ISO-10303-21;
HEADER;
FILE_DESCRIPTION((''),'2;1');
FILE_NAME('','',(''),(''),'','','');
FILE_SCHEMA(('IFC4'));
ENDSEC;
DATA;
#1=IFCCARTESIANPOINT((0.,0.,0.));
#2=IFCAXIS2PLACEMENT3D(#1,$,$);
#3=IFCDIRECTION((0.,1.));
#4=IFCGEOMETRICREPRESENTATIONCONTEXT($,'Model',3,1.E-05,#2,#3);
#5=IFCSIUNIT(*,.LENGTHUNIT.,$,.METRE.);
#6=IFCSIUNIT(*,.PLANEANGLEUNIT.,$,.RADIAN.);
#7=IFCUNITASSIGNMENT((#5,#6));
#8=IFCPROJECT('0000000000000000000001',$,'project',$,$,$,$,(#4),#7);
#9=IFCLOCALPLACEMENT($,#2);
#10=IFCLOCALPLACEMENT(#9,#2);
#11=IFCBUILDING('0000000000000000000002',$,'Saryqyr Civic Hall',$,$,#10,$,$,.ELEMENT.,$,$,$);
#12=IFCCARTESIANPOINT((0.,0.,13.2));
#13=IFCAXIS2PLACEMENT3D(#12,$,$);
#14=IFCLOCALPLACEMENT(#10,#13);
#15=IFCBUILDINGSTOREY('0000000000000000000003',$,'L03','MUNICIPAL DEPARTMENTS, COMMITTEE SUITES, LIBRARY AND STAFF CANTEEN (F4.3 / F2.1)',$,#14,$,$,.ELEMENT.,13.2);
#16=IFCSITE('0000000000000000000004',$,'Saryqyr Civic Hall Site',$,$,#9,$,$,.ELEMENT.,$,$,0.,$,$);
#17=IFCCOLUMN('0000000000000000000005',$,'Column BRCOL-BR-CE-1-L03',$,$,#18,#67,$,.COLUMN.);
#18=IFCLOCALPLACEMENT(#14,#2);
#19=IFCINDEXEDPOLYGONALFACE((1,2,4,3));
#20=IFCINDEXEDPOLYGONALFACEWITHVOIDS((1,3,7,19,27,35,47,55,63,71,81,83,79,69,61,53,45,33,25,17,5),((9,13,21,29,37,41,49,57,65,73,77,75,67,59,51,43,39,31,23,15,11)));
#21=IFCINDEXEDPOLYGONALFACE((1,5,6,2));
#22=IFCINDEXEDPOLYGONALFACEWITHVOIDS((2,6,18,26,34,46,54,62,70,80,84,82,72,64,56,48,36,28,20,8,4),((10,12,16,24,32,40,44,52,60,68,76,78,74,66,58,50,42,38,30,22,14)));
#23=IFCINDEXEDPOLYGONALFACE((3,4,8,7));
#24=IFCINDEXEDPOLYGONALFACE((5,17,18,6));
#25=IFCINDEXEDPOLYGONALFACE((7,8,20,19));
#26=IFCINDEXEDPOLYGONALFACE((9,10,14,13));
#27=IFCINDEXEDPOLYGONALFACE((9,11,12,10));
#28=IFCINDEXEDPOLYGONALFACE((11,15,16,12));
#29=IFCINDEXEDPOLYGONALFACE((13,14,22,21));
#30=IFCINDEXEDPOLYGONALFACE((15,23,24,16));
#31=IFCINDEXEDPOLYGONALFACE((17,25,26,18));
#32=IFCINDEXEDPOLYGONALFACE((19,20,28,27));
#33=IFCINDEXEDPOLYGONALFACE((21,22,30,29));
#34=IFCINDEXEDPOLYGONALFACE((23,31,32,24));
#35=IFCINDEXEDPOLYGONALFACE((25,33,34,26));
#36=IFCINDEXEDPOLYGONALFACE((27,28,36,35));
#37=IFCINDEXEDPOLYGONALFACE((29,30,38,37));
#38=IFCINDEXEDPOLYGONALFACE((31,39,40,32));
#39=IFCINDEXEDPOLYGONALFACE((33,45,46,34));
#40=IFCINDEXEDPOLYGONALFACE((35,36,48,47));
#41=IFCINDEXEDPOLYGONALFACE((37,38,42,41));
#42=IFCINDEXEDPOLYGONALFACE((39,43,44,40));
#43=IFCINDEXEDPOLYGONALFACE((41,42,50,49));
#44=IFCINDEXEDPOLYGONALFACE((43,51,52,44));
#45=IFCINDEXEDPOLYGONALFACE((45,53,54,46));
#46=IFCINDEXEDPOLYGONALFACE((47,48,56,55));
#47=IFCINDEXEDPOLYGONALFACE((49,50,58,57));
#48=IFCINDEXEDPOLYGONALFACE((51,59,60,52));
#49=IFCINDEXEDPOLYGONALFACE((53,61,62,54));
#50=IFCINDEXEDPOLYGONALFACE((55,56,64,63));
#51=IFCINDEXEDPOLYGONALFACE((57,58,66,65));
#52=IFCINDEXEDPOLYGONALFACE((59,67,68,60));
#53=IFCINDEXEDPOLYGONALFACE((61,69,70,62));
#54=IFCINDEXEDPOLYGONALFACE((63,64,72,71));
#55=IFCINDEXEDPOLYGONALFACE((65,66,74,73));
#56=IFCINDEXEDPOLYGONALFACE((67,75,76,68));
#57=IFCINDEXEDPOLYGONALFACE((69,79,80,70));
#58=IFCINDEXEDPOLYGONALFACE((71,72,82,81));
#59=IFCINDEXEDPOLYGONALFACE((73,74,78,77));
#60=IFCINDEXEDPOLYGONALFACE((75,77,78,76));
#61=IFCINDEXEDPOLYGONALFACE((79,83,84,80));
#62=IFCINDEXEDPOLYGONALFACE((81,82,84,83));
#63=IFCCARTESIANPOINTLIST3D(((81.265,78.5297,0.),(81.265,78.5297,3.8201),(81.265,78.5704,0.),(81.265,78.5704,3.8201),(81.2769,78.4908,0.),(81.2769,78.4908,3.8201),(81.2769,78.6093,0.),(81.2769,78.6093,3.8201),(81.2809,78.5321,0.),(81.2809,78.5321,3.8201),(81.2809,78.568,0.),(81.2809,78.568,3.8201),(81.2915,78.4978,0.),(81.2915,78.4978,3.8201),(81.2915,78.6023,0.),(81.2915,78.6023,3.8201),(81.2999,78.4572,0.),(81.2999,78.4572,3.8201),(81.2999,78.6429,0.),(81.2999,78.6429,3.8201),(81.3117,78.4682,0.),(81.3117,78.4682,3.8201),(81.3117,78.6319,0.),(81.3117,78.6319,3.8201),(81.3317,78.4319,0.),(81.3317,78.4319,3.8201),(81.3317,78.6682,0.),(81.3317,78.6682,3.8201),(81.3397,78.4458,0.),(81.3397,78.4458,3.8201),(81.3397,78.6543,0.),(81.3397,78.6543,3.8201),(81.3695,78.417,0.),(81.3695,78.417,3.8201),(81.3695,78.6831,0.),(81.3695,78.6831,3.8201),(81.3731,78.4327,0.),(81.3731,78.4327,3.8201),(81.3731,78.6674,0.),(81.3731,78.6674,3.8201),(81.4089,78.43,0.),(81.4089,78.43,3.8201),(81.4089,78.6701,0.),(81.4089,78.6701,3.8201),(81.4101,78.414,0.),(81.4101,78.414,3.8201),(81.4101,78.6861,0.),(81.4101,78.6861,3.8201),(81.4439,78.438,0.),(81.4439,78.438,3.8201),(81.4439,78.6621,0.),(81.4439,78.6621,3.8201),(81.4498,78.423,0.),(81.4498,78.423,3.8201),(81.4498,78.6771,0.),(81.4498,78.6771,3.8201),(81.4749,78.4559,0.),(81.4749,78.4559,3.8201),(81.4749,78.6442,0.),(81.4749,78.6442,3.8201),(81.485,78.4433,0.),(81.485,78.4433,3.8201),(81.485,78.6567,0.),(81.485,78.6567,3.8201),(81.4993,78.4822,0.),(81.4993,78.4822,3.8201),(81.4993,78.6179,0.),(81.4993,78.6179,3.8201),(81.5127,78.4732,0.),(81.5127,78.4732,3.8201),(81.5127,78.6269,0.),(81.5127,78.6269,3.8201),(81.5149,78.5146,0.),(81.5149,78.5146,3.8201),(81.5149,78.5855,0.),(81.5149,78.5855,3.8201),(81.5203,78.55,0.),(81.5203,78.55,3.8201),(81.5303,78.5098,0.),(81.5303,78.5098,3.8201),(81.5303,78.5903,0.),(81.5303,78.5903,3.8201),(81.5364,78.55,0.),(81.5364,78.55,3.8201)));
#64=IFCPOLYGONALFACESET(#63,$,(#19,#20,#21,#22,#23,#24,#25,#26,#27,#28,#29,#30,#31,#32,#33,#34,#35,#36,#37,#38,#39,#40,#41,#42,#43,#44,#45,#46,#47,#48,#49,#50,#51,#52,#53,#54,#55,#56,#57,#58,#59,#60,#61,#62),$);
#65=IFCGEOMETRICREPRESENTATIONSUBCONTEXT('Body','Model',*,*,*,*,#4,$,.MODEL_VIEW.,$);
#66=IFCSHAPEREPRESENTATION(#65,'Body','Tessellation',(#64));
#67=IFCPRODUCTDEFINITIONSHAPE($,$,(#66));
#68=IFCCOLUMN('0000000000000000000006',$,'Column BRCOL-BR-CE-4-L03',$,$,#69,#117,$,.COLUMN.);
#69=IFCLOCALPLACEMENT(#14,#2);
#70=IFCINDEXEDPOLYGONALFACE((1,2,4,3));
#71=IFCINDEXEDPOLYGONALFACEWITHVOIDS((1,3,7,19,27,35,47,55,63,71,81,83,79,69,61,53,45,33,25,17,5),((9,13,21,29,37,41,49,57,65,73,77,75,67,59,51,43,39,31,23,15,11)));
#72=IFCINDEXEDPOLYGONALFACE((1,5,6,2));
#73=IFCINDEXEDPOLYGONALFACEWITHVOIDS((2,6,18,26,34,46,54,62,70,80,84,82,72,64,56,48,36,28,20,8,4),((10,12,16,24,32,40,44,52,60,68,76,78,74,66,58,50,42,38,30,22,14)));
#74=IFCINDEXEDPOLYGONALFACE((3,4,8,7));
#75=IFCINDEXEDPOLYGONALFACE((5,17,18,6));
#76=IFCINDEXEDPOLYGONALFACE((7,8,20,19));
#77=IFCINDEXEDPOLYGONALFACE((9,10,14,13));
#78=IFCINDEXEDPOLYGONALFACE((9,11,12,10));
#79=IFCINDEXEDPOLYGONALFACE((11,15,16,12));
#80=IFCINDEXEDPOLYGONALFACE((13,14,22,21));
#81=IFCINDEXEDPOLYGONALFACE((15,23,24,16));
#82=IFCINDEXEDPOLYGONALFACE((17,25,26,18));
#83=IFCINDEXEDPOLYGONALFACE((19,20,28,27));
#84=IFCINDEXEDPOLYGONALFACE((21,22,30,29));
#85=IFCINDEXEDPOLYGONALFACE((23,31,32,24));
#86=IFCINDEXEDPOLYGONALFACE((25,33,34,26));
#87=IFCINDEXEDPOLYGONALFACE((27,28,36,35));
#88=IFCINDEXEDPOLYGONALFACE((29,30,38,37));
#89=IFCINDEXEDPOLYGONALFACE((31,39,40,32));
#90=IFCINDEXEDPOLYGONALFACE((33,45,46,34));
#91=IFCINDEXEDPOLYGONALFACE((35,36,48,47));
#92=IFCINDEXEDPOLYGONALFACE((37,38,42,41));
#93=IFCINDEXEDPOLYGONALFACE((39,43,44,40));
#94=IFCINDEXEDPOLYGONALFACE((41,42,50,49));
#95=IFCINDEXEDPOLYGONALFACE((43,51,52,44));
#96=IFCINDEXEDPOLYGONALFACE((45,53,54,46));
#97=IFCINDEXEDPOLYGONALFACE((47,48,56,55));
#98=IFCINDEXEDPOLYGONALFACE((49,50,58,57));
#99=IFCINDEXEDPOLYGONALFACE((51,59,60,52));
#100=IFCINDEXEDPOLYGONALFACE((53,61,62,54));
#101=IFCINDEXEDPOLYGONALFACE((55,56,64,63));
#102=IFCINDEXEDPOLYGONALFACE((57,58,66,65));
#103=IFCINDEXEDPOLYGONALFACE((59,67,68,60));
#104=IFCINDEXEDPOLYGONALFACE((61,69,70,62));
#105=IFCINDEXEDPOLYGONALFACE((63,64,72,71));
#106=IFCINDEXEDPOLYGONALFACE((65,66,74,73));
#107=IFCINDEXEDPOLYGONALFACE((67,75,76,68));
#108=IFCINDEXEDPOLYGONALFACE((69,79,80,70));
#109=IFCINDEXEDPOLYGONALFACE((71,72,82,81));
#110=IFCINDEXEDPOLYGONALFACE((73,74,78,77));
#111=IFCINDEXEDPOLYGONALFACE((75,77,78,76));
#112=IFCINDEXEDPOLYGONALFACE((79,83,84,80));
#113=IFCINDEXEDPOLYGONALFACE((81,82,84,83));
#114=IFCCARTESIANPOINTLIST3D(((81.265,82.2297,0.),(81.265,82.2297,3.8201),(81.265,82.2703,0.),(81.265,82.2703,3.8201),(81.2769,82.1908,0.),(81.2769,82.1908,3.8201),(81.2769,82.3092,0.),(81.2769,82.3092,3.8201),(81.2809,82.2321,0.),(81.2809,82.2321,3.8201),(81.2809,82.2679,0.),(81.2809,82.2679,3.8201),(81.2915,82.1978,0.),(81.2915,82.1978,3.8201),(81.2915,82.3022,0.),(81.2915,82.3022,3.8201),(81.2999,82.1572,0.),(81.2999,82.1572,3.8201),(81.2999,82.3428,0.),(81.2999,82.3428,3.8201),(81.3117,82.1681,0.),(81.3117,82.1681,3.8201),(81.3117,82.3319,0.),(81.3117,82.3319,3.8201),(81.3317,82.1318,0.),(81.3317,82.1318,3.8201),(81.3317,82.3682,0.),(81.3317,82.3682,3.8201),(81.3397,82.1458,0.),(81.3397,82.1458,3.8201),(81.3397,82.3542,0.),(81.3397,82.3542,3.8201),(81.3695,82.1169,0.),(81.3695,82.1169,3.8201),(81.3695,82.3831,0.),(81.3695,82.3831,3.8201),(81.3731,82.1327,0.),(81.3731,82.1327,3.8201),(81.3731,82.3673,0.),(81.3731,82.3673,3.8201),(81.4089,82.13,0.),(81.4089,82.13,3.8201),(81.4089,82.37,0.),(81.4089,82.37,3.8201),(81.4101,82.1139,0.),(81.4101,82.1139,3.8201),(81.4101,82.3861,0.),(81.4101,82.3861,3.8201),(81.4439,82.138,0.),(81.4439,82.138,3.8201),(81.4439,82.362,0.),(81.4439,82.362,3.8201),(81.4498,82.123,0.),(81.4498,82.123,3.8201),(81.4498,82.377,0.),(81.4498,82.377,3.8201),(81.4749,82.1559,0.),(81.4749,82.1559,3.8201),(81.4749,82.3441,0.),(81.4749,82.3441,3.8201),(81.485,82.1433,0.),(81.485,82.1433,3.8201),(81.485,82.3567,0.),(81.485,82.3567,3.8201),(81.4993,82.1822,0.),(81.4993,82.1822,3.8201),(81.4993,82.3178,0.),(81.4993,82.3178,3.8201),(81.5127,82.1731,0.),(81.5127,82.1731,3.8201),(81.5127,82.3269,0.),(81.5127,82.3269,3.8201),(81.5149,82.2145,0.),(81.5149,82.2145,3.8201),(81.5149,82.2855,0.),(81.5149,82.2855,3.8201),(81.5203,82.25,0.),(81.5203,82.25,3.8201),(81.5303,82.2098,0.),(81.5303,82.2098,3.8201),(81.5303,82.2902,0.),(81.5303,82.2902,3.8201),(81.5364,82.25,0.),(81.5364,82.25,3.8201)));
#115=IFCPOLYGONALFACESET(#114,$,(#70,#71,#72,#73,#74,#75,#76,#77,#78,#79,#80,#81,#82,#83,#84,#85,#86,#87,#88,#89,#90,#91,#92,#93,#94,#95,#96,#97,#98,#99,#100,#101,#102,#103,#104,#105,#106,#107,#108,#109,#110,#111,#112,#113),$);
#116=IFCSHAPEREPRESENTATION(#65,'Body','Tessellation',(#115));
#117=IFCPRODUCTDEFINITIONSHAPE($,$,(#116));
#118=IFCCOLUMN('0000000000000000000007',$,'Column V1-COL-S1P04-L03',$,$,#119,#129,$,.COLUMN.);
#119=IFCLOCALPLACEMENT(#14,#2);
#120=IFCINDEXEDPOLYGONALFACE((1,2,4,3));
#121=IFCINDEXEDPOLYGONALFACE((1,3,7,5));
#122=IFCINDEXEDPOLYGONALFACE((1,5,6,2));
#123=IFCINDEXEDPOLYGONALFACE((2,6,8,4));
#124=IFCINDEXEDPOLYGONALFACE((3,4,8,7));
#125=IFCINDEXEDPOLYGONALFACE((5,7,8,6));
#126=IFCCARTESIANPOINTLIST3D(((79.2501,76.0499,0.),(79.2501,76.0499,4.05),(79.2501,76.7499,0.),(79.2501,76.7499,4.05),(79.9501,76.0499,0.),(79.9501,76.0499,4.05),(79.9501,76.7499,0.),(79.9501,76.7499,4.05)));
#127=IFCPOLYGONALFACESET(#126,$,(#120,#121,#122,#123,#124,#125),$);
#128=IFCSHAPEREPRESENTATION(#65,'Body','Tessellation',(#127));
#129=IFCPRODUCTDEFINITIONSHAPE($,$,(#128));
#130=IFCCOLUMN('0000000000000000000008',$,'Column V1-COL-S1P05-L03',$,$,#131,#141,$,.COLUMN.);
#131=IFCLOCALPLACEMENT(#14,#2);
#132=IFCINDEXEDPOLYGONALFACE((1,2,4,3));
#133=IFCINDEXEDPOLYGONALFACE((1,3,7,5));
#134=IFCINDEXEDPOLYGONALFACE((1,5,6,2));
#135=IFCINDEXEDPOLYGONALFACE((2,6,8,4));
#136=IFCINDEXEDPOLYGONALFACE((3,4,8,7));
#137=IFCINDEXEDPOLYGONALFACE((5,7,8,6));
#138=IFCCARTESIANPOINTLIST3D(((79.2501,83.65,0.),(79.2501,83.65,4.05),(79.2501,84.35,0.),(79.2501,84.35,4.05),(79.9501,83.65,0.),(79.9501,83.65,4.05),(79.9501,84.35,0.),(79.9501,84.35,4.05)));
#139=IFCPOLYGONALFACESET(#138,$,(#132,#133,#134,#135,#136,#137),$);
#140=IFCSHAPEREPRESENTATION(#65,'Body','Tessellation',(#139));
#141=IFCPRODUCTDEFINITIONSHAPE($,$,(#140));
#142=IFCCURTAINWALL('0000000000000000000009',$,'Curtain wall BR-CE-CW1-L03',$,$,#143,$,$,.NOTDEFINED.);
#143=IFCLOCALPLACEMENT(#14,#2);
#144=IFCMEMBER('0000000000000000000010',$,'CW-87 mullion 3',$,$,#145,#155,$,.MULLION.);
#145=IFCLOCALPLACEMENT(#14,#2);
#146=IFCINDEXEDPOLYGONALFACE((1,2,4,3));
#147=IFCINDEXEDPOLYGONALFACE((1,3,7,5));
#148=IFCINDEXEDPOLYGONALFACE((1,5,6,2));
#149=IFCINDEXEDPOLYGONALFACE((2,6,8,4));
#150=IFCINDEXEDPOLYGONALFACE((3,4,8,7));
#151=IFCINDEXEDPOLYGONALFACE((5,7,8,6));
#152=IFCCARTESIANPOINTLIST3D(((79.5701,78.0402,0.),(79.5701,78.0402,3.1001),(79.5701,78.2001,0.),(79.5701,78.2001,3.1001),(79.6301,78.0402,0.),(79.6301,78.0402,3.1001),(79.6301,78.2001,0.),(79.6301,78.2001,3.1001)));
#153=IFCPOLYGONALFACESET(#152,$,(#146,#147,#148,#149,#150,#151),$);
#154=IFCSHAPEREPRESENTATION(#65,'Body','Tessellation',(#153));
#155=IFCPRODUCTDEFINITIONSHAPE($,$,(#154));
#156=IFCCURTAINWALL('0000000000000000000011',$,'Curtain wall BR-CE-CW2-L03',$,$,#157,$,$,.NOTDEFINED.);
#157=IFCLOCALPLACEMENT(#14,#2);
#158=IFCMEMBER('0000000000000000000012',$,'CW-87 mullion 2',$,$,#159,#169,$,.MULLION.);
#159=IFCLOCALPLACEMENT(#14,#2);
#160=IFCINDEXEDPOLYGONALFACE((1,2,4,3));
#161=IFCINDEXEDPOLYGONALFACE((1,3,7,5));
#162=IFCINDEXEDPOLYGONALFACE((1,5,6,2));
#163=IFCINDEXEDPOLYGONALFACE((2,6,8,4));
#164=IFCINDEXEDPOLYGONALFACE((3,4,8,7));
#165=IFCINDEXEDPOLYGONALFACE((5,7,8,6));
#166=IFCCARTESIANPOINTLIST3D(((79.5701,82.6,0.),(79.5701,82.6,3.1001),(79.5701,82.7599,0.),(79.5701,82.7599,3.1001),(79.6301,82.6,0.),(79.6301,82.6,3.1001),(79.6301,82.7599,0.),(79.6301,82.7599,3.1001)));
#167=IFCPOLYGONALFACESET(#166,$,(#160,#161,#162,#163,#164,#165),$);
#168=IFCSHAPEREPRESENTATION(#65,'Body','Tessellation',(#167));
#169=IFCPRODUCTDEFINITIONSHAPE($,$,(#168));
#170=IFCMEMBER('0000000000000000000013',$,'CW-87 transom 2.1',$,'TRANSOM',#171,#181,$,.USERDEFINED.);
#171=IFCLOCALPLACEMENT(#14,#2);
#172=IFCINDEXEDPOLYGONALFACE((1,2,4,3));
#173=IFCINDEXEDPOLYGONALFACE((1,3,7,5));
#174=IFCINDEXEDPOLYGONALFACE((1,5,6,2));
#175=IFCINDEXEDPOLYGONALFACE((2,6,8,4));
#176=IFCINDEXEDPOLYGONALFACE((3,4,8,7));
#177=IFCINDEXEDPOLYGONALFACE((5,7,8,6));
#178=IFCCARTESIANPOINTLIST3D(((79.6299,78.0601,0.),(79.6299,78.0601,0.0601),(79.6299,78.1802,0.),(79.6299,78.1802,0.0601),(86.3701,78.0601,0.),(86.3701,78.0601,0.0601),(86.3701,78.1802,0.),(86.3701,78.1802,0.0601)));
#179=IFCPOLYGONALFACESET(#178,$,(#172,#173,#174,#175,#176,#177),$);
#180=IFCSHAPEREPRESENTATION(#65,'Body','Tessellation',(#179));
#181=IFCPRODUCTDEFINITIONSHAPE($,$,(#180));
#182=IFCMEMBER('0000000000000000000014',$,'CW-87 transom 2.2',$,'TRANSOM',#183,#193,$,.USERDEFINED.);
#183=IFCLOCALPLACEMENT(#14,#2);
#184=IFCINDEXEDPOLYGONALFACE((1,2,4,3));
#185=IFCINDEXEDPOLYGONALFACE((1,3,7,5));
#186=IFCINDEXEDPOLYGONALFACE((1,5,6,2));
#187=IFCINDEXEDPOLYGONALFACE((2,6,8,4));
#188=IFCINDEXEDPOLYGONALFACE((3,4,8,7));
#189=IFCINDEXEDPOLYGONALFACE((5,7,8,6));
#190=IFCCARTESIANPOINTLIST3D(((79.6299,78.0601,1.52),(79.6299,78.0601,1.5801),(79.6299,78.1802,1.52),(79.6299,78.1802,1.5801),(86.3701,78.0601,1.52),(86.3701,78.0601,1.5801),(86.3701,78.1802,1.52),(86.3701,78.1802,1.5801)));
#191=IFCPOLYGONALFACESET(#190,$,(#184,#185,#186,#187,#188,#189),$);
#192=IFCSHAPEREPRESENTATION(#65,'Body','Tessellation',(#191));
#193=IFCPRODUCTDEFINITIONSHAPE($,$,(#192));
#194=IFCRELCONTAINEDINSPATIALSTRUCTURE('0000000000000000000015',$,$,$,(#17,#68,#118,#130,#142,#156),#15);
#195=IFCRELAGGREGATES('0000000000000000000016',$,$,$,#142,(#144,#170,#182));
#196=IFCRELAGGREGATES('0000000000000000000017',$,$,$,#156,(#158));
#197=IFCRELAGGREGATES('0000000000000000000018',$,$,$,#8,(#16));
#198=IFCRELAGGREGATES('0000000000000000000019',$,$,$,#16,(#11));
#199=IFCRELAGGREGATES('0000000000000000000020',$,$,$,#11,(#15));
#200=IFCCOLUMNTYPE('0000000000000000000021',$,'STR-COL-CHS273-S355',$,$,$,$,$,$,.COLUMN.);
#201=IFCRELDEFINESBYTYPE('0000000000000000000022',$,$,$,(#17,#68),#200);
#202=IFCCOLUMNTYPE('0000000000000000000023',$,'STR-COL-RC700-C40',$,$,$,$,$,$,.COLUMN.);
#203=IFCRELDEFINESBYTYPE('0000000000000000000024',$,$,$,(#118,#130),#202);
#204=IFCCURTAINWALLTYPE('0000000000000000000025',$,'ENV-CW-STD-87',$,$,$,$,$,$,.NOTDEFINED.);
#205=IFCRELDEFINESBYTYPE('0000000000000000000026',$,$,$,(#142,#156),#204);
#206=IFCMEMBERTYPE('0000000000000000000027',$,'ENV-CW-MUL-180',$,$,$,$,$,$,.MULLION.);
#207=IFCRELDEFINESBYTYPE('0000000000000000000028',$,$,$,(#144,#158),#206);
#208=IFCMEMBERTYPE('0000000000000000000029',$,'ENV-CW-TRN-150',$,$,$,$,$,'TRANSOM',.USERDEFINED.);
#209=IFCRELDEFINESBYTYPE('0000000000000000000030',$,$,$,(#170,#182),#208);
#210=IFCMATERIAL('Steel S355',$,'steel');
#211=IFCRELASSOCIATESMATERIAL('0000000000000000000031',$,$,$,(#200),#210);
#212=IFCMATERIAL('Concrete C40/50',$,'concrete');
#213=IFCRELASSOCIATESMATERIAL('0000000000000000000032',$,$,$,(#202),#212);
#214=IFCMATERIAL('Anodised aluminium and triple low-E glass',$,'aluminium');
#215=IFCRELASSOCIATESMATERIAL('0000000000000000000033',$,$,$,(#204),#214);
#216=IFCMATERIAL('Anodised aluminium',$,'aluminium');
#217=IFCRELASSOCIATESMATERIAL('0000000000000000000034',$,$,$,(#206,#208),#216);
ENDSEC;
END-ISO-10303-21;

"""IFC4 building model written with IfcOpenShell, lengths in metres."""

from ifc_helpers import new_model, si_unit, direction, frame, origin, origin_2d, place, context, subcontext, project, spatial, rectangle, hollow_circle, extrude, material, material_profile, profile_set, type_object, element, aggregate, save


model = new_model("IFC4")

# Units and contexts
model_context = context("Model", 3, precision=1e-05, world=origin(), true_north=direction((0.0, 1.0)))
body_context = subcontext(model_context, "Body", "Model", "MODEL_VIEW")
ifc_project = project(units=[si_unit("LENGTHUNIT", "METRE"), si_unit("PLANEANGLEUNIT", "RADIAN")], contexts=[model_context])

# Site, building, storey
site_placement = place(None, origin())
site = spatial("IfcSite", under=ifc_project, at=site_placement, Name="Saryqyr Civic Hall Site", CompositionType="ELEMENT", RefElevation=0.0)
building_placement = place(site_placement, origin())
building = spatial("IfcBuilding", under=site, at=building_placement, Name="Saryqyr Civic Hall", CompositionType="ELEMENT")
storey_placement = place(building_placement, frame((0.0, 0.0, 13.2)))
storey = spatial("IfcBuildingStorey", under=building, at=storey_placement, Name="L03", Description="MUNICIPAL DEPARTMENTS, COMMITTEE SUITES, LIBRARY AND STAFF CANTEEN (F4.3 / F2.1)", CompositionType="ELEMENT", Elevation=13.2)

# Columns
ifc_material_1 = material(Name="Steel S355", Category="steel")
ifc_material_profile_1 = material_profile(ifc_material_1, hollow_circle(Radius=0.1365, WallThickness=0.0161, at=origin_2d()), Name="CHS 273x16")
ifc_profile_set_1 = profile_set([ifc_material_profile_1], Name="Steel S355")
column_type_1 = type_object("IfcColumnType", Name="STR-COL-CHS273-S355", PredefinedType="COLUMN", material=ifc_profile_set_1)
for number, where, z_axis, x_axis, name in (
    (1, (81.3999, 78.55, 0.0), (0.0, 0.0, 1.0), (1.0, 0.0, 0.0), "Column BRCOL-BR-CE-1-L03"),
    (2, (81.3999, 82.25, 0.0), (0.0, 0.0, 1.0), (1.0, 0.0, 0.0), "Column BRCOL-BR-CE-4-L03"),
):
    element("IfcColumn", number, at=place(storey_placement, frame(where, z_axis=z_axis, x_axis=x_axis)), inside=storey, type_object=column_type_1, Name=name, PredefinedType="COLUMN", context=body_context, shape_type="SweptSolid", body=[
        extrude(hollow_circle(Radius=0.1365, WallThickness=0.0161, at=origin_2d()), origin(), (0.0, 0.0, 1.0), 3.8201),
    ])
ifc_material_2 = material(Name="Concrete C40/50", Category="concrete")
ifc_material_profile_2 = material_profile(ifc_material_2, rectangle(XDim=0.7, YDim=0.7, at=origin_2d()), Name="RC 700x700")
ifc_profile_set_2 = profile_set([ifc_material_profile_2], Name="Concrete C40/50")
column_type_2 = type_object("IfcColumnType", Name="STR-COL-RC700-C40", PredefinedType="COLUMN", material=ifc_profile_set_2)
for number, where, z_axis, x_axis, name in (
    (3, (79.6001, 76.3999, 0.0), (0.0, 0.0, 1.0), (1.0, 0.0, 0.0), "Column V1-COL-S1P04-L03"),
    (4, (79.6001, 84.0, 0.0), (0.0, 0.0, 1.0), (1.0, 0.0, 0.0), "Column V1-COL-S1P05-L03"),
):
    element("IfcColumn", number, at=place(storey_placement, frame(where, z_axis=z_axis, x_axis=x_axis)), inside=storey, type_object=column_type_2, Name=name, PredefinedType="COLUMN", context=body_context, shape_type="SweptSolid", body=[
        extrude(rectangle(XDim=0.7, YDim=0.7, at=origin_2d()), origin(), (0.0, 0.0, 1.0), 4.05),
    ])

# Curtain walls, members
ifc_material_3 = material(Name="Anodised aluminium and triple low-E glass", Category="aluminium")
curtain_wall_type = type_object("IfcCurtainWallType", Name="ENV-CW-STD-87", PredefinedType="NOTDEFINED", material=ifc_material_3)
curtain_wall_1_placement = place(storey_placement, origin())
curtain_wall_1 = element("IfcCurtainWall", 5, at=curtain_wall_1_placement, inside=storey, type_object=curtain_wall_type, Name="Curtain wall BR-CE-CW1-L03", PredefinedType="NOTDEFINED")
ifc_material_4 = material(Name="Anodised aluminium", Category="aluminium")
ifc_material_profile_3 = material_profile(ifc_material_4, rectangle(XDim=0.0601, YDim=0.1599, at=origin_2d()), Name="ALU MULLION 60x160")
ifc_profile_set_3 = profile_set([ifc_material_profile_3], Name="Anodised aluminium")
member_type_1 = type_object("IfcMemberType", Name="ENV-CW-MUL-180", PredefinedType="MULLION", material=ifc_profile_set_3)
member_1_placement = place(storey_placement, frame((79.6001, 78.1201, 0.0), z_axis=(0.0, 0.0, 1.0), x_axis=(-1.0, 0.0, 0.0)))
member_1 = element("IfcMember", 6, at=member_1_placement, type_object=member_type_1, Name="CW-87 mullion 3", PredefinedType="MULLION", context=body_context, shape_type="SweptSolid", body=[
    extrude(rectangle(XDim=0.0601, YDim=0.1599, at=origin_2d()), origin(), (0.0, 0.0, 1.0), 3.1001),
])
curtain_wall_2_placement = place(storey_placement, origin())
curtain_wall_2 = element("IfcCurtainWall", 7, at=curtain_wall_2_placement, inside=storey, type_object=curtain_wall_type, Name="Curtain wall BR-CE-CW2-L03", PredefinedType="NOTDEFINED")
member_2_placement = place(storey_placement, frame((79.6001, 82.6799, 0.0), z_axis=(0.0, 0.0, 1.0), x_axis=(1.0, 0.0, 0.0)))
member_2 = element("IfcMember", 8, at=member_2_placement, type_object=member_type_1, Name="CW-87 mullion 2", PredefinedType="MULLION", context=body_context, shape_type="SweptSolid", body=[
    extrude(rectangle(XDim=0.0601, YDim=0.1599, at=origin_2d()), origin(), (0.0, 0.0, 1.0), 3.1001),
])

# Members
ifc_material_profile_4 = material_profile(ifc_material_4, rectangle(XDim=0.1201, YDim=0.0601, at=origin_2d()), Name="ALU TRANSOM 120x60")
ifc_profile_set_4 = profile_set([ifc_material_profile_4], Name="Anodised aluminium")
member_type_2 = type_object("IfcMemberType", Name="ENV-CW-TRN-150", ElementType="TRANSOM", PredefinedType="USERDEFINED", material=ifc_profile_set_4)
member_3_placement = place(storey_placement, frame((86.3701, 78.1201, 0.03), z_axis=(-1.0, 0.0, 0.0), x_axis=(0.0, -1.0, 0.0)))
member_3 = element("IfcMember", 9, at=member_3_placement, type_object=member_type_2, Name="CW-87 transom 2.1", ObjectType="TRANSOM", PredefinedType="USERDEFINED", context=body_context, shape_type="SweptSolid", body=[
    extrude(rectangle(XDim=0.1201, YDim=0.0601, at=origin_2d()), origin(), (0.0, 0.0, 1.0), 6.7402),
])
member_4_placement = place(storey_placement, frame((86.3701, 78.1201, 1.55), z_axis=(-1.0, 0.0, 0.0), x_axis=(0.0, -1.0, 0.0)))
member_4 = element("IfcMember", 10, at=member_4_placement, type_object=member_type_2, Name="CW-87 transom 2.2", ObjectType="TRANSOM", PredefinedType="USERDEFINED", context=body_context, shape_type="SweptSolid", body=[
    extrude(rectangle(XDim=0.1201, YDim=0.0601, at=origin_2d()), origin(), (0.0, 0.0, 1.0), 6.7402),
])

aggregate(curtain_wall_1, [member_1, member_3, member_4])
aggregate(curtain_wall_2, [member_2])

save(model, "model.ifc")
